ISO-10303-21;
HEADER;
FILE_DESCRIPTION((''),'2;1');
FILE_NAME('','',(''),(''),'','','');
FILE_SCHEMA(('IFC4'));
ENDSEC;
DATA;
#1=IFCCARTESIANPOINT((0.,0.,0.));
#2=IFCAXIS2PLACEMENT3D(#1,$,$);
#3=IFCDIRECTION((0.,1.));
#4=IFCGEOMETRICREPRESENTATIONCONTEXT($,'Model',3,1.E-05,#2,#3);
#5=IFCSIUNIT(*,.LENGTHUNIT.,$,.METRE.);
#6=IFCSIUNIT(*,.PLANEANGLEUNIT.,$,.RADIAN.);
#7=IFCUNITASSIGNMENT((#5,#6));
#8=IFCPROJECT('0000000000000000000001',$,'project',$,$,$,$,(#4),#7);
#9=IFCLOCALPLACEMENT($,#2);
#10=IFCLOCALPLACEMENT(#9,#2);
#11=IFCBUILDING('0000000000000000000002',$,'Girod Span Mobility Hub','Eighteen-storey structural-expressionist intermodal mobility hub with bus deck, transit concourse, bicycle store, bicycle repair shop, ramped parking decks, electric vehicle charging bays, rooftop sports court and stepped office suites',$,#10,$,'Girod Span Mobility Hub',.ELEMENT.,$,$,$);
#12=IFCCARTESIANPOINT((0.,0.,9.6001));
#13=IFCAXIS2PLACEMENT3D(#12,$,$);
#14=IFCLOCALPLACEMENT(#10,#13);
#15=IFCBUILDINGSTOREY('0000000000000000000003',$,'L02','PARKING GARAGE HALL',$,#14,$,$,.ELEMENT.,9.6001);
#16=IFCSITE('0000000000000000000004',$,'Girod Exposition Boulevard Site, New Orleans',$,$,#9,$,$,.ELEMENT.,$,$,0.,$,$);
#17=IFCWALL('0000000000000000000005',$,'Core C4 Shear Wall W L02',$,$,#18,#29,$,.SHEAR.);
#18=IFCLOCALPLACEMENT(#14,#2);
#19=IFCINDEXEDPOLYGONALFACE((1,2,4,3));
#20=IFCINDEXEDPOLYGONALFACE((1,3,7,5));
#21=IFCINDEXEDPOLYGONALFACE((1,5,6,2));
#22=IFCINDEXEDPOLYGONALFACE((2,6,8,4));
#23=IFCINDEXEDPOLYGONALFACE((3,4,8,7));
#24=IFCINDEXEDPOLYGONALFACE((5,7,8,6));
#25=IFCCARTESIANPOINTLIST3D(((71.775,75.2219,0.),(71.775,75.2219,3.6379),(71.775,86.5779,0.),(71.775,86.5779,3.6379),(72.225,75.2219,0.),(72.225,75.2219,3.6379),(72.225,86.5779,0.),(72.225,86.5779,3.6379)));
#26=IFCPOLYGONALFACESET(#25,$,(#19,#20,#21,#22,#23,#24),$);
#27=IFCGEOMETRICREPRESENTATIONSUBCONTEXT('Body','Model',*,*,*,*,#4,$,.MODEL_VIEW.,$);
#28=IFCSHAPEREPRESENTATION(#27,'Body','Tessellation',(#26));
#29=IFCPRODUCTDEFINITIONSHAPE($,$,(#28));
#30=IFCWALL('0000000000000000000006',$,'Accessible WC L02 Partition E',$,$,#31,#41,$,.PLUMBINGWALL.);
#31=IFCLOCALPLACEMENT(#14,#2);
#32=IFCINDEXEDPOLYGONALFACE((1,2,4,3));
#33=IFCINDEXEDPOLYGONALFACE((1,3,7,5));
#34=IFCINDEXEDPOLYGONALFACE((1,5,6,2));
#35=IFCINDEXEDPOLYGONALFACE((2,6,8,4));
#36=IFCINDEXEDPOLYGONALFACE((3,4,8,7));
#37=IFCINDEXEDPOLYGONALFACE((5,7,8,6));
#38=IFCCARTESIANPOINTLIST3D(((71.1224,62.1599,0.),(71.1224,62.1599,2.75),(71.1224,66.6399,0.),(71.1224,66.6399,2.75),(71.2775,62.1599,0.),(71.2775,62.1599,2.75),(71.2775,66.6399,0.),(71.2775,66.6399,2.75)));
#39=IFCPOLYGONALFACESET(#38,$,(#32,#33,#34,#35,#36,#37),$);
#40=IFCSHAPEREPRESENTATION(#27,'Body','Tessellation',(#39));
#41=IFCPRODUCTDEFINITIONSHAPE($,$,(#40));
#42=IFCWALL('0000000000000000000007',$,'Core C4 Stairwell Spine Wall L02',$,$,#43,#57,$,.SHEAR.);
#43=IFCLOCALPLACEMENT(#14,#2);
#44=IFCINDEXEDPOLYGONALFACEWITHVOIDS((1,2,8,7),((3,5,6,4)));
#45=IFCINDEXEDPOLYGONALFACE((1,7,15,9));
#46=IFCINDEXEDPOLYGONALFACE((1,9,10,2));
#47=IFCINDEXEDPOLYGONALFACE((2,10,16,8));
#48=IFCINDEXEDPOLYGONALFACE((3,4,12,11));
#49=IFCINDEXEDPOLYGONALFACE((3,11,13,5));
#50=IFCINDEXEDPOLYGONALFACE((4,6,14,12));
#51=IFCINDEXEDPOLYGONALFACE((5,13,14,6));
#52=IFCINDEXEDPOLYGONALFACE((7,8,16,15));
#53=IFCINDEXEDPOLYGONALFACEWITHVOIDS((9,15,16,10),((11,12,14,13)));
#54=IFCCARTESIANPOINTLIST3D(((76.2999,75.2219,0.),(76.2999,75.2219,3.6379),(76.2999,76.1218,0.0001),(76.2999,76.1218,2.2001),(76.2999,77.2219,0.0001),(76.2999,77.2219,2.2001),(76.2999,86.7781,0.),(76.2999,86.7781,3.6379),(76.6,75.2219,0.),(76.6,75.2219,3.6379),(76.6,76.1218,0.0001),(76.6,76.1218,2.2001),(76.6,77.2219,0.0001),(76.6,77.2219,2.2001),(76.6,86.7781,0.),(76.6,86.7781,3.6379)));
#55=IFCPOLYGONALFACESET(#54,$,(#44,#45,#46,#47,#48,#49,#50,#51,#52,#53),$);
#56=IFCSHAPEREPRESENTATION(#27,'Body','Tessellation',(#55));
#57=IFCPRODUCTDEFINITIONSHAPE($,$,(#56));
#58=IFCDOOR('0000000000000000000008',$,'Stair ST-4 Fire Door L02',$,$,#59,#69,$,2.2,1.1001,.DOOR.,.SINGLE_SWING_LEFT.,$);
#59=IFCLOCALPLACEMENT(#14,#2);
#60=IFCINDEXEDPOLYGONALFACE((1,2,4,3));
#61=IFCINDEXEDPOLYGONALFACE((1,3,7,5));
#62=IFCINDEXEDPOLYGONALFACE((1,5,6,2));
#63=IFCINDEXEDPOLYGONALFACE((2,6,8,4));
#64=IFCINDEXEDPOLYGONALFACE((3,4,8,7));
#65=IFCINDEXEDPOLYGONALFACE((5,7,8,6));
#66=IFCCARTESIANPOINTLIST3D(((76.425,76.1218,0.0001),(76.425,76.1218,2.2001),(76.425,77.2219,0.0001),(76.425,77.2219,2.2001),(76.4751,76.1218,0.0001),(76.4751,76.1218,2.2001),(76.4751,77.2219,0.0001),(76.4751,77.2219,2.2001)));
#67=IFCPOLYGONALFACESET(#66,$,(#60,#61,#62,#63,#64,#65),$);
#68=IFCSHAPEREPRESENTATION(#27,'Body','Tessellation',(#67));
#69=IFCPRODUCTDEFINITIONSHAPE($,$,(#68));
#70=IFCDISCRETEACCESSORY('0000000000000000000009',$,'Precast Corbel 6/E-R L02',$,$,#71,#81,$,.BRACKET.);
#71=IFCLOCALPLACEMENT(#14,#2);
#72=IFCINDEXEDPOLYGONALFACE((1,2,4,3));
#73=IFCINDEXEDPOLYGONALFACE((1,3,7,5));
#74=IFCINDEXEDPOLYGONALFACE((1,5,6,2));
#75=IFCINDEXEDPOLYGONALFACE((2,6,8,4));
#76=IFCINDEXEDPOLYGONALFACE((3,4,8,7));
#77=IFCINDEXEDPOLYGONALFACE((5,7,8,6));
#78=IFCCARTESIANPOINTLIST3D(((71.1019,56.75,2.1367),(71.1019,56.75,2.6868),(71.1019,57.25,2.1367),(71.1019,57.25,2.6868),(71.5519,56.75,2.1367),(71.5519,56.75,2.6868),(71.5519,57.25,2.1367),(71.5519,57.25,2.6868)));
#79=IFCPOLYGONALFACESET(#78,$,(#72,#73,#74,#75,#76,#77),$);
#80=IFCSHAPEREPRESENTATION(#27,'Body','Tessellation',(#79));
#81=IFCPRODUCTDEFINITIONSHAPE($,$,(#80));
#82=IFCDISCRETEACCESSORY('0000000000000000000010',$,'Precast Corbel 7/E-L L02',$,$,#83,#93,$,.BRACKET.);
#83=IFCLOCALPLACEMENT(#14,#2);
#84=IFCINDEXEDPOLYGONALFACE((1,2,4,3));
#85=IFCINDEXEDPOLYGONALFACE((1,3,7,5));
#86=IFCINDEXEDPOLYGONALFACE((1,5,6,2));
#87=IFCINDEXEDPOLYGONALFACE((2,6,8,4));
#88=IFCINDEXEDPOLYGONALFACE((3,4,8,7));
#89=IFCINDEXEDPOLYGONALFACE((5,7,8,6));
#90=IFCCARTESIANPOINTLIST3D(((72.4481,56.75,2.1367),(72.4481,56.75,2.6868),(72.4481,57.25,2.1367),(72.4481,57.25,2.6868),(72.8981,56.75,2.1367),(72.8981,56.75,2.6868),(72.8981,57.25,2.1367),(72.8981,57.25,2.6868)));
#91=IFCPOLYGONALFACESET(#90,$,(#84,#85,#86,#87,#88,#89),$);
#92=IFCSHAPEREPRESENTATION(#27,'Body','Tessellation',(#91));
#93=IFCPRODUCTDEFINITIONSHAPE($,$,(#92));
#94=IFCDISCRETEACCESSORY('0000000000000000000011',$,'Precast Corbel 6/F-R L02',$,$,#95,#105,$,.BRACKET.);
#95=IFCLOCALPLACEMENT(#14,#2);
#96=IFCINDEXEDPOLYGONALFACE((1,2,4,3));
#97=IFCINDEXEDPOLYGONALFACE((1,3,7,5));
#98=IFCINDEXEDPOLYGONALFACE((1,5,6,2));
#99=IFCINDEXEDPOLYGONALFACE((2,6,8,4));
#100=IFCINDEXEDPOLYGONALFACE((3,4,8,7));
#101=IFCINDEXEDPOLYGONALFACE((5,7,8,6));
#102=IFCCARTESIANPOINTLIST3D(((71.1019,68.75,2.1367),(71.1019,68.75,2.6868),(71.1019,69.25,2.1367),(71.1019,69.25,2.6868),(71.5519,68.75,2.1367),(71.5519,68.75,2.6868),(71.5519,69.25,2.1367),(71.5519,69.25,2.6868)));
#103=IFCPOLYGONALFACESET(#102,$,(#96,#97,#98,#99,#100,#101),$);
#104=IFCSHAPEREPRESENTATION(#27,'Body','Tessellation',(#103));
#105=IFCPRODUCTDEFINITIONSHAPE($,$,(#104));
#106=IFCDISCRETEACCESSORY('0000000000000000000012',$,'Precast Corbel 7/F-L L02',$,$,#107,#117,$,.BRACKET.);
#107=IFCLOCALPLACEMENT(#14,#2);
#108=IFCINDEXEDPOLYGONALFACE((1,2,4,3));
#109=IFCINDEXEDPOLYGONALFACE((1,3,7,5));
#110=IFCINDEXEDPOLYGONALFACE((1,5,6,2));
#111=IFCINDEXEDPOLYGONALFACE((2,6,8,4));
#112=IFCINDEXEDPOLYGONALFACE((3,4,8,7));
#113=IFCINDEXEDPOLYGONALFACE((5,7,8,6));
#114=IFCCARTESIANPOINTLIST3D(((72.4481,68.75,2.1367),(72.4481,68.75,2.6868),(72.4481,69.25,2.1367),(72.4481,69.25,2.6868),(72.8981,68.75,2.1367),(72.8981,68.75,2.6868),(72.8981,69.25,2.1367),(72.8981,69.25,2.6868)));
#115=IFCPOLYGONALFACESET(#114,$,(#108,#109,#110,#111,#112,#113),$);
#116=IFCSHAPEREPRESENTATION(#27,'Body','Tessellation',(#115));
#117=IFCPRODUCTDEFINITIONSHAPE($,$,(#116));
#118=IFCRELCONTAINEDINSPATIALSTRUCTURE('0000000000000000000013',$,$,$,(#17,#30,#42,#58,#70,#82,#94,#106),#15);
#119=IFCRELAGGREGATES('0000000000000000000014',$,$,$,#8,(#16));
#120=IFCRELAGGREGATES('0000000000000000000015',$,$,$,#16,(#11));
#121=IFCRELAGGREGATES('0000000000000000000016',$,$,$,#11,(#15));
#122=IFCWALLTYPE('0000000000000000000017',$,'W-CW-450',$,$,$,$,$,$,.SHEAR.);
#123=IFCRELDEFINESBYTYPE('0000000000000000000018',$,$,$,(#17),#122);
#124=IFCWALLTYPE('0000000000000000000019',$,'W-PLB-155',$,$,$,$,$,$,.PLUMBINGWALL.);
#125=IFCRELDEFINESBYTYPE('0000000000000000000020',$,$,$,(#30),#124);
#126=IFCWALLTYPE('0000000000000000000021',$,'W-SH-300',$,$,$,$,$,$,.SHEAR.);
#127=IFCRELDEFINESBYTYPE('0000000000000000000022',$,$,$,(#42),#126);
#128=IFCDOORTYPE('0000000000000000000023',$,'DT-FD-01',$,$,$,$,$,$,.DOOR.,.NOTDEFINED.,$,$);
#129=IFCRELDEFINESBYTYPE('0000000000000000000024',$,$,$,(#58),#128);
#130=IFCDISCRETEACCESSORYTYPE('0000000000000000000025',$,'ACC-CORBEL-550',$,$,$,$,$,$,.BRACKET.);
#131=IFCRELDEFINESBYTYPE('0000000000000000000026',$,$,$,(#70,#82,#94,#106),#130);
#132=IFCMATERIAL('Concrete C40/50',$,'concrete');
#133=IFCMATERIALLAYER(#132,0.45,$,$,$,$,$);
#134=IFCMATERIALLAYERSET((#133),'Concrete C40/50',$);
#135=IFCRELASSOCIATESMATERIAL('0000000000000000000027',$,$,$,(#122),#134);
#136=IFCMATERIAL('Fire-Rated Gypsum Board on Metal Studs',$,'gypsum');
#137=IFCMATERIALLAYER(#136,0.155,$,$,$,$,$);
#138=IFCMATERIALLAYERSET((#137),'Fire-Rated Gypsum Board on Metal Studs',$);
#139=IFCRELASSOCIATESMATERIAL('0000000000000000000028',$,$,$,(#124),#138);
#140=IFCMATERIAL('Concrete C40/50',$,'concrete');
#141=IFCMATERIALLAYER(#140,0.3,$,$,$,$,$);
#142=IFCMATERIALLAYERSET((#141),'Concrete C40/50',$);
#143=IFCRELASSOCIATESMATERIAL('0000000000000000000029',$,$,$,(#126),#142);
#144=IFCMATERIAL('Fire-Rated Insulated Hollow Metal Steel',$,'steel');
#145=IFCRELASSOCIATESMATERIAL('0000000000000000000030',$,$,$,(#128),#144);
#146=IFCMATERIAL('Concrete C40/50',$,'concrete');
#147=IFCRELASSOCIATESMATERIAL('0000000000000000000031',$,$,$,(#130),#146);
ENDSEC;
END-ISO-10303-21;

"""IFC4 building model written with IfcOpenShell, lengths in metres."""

from ifc_helpers import new_model, si_unit, direction, frame, frame_2d, origin, origin_2d, place, context, subcontext, project, spatial, rectangle, extrude, material, layer, layer_set, type_object, element, fill, save


model = new_model("IFC4")

# Units and contexts
model_context = context("Model", 3, precision=1e-05, world=origin(), true_north=direction((0.0, 1.0)))
body_context = subcontext(model_context, "Body", "Model", "MODEL_VIEW")
ifc_project = project(units=[si_unit("LENGTHUNIT", "METRE"), si_unit("PLANEANGLEUNIT", "RADIAN")], contexts=[model_context])

# Site, building, storey
site_placement = place(None, origin())
site = spatial("IfcSite", under=ifc_project, at=site_placement, Name="Girod Exposition Boulevard Site, New Orleans", CompositionType="ELEMENT", RefElevation=0.0)
building_placement = place(site_placement, origin())
building = spatial("IfcBuilding", under=site, at=building_placement, Name="Girod Span Mobility Hub", Description="Eighteen-storey structural-expressionist intermodal mobility hub with bus deck, transit concourse, bicycle store, bicycle repair shop, ramped parking decks, electric vehicle charging bays, rooftop sports court and stepped office suites", LongName="Girod Span Mobility Hub", CompositionType="ELEMENT")
storey_placement = place(building_placement, frame((0.0, 0.0, 9.6001)))
storey = spatial("IfcBuildingStorey", under=building, at=storey_placement, Name="L02", Description="PARKING GARAGE HALL", CompositionType="ELEMENT", Elevation=9.6001)

# Shared definitions
ifc_material_1 = material(Name="Concrete C40/50", Category="concrete")
ifc_layer_1 = layer(ifc_material_1, 0.45)
ifc_layer_set_1 = layer_set([ifc_layer_1], Name="Concrete C40/50")
wall_type_1 = type_object("IfcWallType", Name="W-CW-450", PredefinedType="SHEAR", material=ifc_layer_set_1)

# Walls
wall_1_placement = place(storey_placement, frame((72.0, 75.2219, 0.0), z_axis=(0.0, 0.0, 1.0), x_axis=(0.0, 1.0, 0.0)))
element("IfcWall", 1, at=wall_1_placement, inside=storey, type_object=wall_type_1, Name="Core C4 Shear Wall W L02", PredefinedType="SHEAR", context=body_context, shape_type="SweptSolid", body=[
    extrude(rectangle(XDim=11.356, YDim=0.45, at=frame_2d((5.678, 0.0))), origin(), (0.0, 0.0, 1.0), 3.6379),
])
ifc_material_2 = material(Name="Fire-Rated Gypsum Board on Metal Studs", Category="gypsum")
ifc_layer_2 = layer(ifc_material_2, 0.155)
ifc_layer_set_2 = layer_set([ifc_layer_2], Name="Fire-Rated Gypsum Board on Metal Studs")
wall_type_2 = type_object("IfcWallType", Name="W-PLB-155", PredefinedType="PLUMBINGWALL", material=ifc_layer_set_2)
wall_2_placement = place(storey_placement, frame((71.2, 62.1599, 0.0), z_axis=(0.0, 0.0, 1.0), x_axis=(0.0, 1.0, 0.0)))
element("IfcWall", 2, at=wall_2_placement, inside=storey, type_object=wall_type_2, Name="Accessible WC L02 Partition E", PredefinedType="PLUMBINGWALL", context=body_context, shape_type="SweptSolid", body=[
    extrude(rectangle(XDim=4.48, YDim=0.155, at=frame_2d((2.24, 0.0))), origin(), (0.0, 0.0, 1.0), 2.75),
])

# Wall, opening, door
ifc_material_3 = material(Name="Concrete C40/50", Category="concrete")
ifc_layer_3 = layer(ifc_material_3, 0.3)
ifc_layer_set_3 = layer_set([ifc_layer_3], Name="Concrete C40/50")
wall_type_3 = type_object("IfcWallType", Name="W-SH-300", PredefinedType="SHEAR", material=ifc_layer_set_3)
wall_3_placement = place(storey_placement, frame((76.45, 75.2219, 0.0), z_axis=(0.0, 0.0, 1.0), x_axis=(0.0, 1.0, 0.0)))
wall_3 = element("IfcWall", 3, at=wall_3_placement, inside=storey, type_object=wall_type_3, Name="Core C4 Stairwell Spine Wall L02", PredefinedType="SHEAR", context=body_context, shape_type="SweptSolid", body=[
    extrude(rectangle(XDim=11.5562, YDim=0.3, at=frame_2d((5.7781, 0.0))), origin(), (0.0, 0.0, 1.0), 3.6379),
])
opening_1_placement = place(wall_3_placement, frame((0.8999, 0.0, 0.0)))
opening_1 = element("IfcOpeningElement", 4, at=opening_1_placement, cuts=wall_3, PredefinedType="OPENING", context=body_context, shape_type="SweptSolid", body=[
    extrude(rectangle(XDim=1.1001, YDim=2.2, at=frame_2d((0.55, 1.1001))), frame((0.0, 0.165, 0.0), z_axis=(0.0, -1.0, 0.0), x_axis=(1.0, 0.0, 0.0)), (0.0, 0.0, 1.0), 0.3301),
])
ifc_material_4 = material(Name="Fire-Rated Insulated Hollow Metal Steel", Category="steel")
door_type_1 = type_object("IfcDoorType", Name="DT-FD-01", OperationType="NOTDEFINED", PredefinedType="DOOR", material=ifc_material_4)
door_1_placement = place(opening_1_placement, origin())
door_1 = element("IfcDoor", 5, at=door_1_placement, inside=storey, type_object=door_type_1, Name="Stair ST-4 Fire Door L02", OperationType="SINGLE_SWING_LEFT", OverallHeight=2.2, OverallWidth=1.1001, PredefinedType="DOOR", context=body_context, shape_type="SweptSolid", body=[
    extrude(rectangle(XDim=1.1001, YDim=2.2, at=frame_2d((0.55, 1.1001))), frame((0.0, 0.0249, 0.0), z_axis=(0.0, -1.0, 0.0), x_axis=(1.0, 0.0, 0.0)), (0.0, 0.0, 1.0), 0.05),
])
fill(opening_1, door_1)

# Discrete accessories
ifc_material_5 = material(Name="Concrete C40/50", Category="concrete")
discrete_accessory_type = type_object("IfcDiscreteAccessoryType", Name="ACC-CORBEL-550", PredefinedType="BRACKET", material=ifc_material_5)
for number, where, z_axis, x_axis, name in (
    (6, (71.3269, 57.0, 2.1367), (0.0, 0.0, 1.0), (1.0, 0.0, 0.0), "Precast Corbel 6/E-R L02"),
    (7, (72.6731, 57.0, 2.1367), (0.0, 0.0, 1.0), (1.0, 0.0, 0.0), "Precast Corbel 7/E-L L02"),
    (8, (71.3269, 69.0, 2.1367), (0.0, 0.0, 1.0), (1.0, 0.0, 0.0), "Precast Corbel 6/F-R L02"),
    (9, (72.6731, 69.0, 2.1367), (0.0, 0.0, 1.0), (1.0, 0.0, 0.0), "Precast Corbel 7/F-L L02"),
):
    element("IfcDiscreteAccessory", number, at=place(storey_placement, frame(where, z_axis=z_axis, x_axis=x_axis)), inside=storey, type_object=discrete_accessory_type, Name=name, PredefinedType="BRACKET", context=body_context, shape_type="SweptSolid", body=[
        extrude(rectangle(XDim=0.45, YDim=0.5, at=origin_2d()), origin(), (0.0, 0.0, 1.0), 0.55),
    ])

save(model, "model.ifc")
